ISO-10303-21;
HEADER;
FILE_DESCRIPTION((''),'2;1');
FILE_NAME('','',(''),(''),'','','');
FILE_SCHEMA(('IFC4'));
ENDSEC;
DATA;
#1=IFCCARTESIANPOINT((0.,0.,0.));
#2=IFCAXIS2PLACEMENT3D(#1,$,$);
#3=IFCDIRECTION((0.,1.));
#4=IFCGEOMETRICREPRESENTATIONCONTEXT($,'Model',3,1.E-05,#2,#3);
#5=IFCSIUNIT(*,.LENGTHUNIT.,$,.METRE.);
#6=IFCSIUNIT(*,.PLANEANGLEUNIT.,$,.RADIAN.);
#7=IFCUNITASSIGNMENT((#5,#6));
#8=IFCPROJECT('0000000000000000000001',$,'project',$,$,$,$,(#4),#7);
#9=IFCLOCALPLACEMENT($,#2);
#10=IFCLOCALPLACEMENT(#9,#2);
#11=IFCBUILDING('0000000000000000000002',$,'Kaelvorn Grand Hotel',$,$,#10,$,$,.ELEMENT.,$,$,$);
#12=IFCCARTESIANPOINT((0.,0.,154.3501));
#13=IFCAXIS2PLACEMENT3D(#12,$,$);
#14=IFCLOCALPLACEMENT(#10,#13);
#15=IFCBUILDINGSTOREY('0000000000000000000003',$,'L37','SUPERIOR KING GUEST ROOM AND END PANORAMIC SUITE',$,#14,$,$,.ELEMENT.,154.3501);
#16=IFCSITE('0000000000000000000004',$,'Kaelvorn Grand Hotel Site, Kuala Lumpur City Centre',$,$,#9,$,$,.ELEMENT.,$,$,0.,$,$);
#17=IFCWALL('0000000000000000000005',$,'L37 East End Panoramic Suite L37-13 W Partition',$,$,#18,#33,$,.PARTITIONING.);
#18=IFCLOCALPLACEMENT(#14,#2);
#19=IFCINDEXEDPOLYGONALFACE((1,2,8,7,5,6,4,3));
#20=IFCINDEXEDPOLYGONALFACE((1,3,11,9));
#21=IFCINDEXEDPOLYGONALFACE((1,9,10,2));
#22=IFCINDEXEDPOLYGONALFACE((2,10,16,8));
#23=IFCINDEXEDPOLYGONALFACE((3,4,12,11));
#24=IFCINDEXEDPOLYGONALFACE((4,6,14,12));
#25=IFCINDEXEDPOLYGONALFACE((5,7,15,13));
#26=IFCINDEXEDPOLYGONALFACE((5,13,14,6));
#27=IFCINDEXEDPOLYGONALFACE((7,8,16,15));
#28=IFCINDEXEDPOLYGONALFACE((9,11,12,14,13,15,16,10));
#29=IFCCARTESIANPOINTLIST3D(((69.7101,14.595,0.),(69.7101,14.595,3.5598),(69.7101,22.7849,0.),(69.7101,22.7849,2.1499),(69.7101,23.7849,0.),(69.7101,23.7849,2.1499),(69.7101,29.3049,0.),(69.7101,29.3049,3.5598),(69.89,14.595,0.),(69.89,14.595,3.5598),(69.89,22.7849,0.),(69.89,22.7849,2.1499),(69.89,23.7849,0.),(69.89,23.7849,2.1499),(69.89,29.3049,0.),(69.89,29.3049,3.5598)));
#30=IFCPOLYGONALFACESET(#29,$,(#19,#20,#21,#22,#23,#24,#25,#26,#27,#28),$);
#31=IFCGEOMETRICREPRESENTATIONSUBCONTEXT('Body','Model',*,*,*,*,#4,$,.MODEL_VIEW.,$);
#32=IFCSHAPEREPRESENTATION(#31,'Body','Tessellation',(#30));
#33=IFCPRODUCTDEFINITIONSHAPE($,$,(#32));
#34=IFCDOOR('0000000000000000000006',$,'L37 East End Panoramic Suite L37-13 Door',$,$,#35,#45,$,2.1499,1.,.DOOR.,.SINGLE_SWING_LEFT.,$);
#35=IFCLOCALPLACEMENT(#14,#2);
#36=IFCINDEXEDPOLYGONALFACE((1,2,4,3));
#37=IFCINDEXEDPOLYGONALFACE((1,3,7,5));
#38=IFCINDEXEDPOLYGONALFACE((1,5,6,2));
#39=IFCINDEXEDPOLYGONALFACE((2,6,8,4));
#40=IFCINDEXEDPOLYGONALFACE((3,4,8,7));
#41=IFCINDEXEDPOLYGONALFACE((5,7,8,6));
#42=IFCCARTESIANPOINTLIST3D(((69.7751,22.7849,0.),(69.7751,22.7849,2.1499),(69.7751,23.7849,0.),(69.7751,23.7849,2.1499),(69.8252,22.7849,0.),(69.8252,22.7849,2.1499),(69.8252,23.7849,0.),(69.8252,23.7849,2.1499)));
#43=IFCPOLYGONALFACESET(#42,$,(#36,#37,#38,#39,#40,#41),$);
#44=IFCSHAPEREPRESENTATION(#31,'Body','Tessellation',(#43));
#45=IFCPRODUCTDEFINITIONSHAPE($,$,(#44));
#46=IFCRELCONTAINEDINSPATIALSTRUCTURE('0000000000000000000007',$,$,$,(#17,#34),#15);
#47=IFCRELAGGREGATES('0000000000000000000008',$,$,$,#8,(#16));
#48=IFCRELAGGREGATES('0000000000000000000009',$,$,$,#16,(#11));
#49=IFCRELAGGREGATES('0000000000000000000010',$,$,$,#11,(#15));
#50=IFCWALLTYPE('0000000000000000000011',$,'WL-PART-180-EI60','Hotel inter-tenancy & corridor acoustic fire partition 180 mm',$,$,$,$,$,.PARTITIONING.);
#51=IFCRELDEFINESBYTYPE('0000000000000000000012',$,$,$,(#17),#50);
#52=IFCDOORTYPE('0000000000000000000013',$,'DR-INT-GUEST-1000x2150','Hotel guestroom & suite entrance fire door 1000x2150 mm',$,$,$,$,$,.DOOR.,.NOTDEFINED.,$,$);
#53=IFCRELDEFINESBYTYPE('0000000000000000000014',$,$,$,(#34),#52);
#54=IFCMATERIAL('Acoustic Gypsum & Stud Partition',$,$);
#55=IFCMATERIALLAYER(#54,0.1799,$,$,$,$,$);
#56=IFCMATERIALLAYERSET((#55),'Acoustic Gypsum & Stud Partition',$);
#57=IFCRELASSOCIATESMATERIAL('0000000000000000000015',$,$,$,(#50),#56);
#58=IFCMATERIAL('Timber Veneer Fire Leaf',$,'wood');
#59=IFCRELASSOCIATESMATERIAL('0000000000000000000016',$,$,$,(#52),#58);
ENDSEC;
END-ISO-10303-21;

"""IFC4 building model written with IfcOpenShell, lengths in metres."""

from ifc_helpers import new_model, si_unit, direction, frame, frame_2d, origin, place, context, subcontext, project, spatial, rectangle, extrude, material, layer, layer_set, type_object, element, fill, save


model = new_model("IFC4")

# Units and contexts
model_context = context("Model", 3, precision=1e-05, world=origin(), true_north=direction((0.0, 1.0)))
body_context = subcontext(model_context, "Body", "Model", "MODEL_VIEW")
ifc_project = project(units=[si_unit("LENGTHUNIT", "METRE"), si_unit("PLANEANGLEUNIT", "RADIAN")], contexts=[model_context])

# Site, building, storey
site_placement = place(None, origin())
site = spatial("IfcSite", under=ifc_project, at=site_placement, Name="Kaelvorn Grand Hotel Site, Kuala Lumpur City Centre", CompositionType="ELEMENT", RefElevation=0.0)
building_placement = place(site_placement, origin())
building = spatial("IfcBuilding", under=site, at=building_placement, Name="Kaelvorn Grand Hotel", CompositionType="ELEMENT")
storey_placement = place(building_placement, frame((0.0, 0.0, 154.3501)))
storey = spatial("IfcBuildingStorey", under=building, at=storey_placement, Name="L37", Description="SUPERIOR KING GUEST ROOM AND END PANORAMIC SUITE", CompositionType="ELEMENT", Elevation=154.3501)

# Shared definitions
ifc_material_1 = material(Name="Acoustic Gypsum & Stud Partition")
ifc_layer_1 = layer(ifc_material_1, 0.1799)
ifc_layer_set_1 = layer_set([ifc_layer_1], Name="Acoustic Gypsum & Stud Partition")
wall_type_1 = type_object("IfcWallType", Name="WL-PART-180-EI60", Description="Hotel inter-tenancy & corridor acoustic fire partition 180 mm", PredefinedType="PARTITIONING", material=ifc_layer_set_1)

# Wall, opening, door
wall_1_placement = place(storey_placement, frame((69.8, 14.595, 0.0), z_axis=(0.0, 0.0, 1.0), x_axis=(0.0, 1.0, 0.0)))
wall_1 = element("IfcWall", 1, at=wall_1_placement, inside=storey, type_object=wall_type_1, Name="L37 East End Panoramic Suite L37-13 W Partition", PredefinedType="PARTITIONING", context=body_context, shape_type="SweptSolid", body=[
    extrude(rectangle(XDim=14.71, YDim=0.1799, at=frame_2d((7.355, 0.0))), origin(), (0.0, 0.0, 1.0), 3.5598),
])
opening_1_placement = place(wall_1_placement, frame((8.1899, 0.0, 0.0)))
opening_1 = element("IfcOpeningElement", 2, at=opening_1_placement, cuts=wall_1, PredefinedType="OPENING", context=body_context, shape_type="SweptSolid", body=[
    extrude(rectangle(XDim=1.0, YDim=2.1499, at=frame_2d((0.5, 1.075))), frame((0.0, 0.1001, 0.0), z_axis=(0.0, -1.0, 0.0), x_axis=(1.0, 0.0, 0.0)), (0.0, 0.0, 1.0), 0.2),
])
ifc_material_2 = material(Name="Timber Veneer Fire Leaf", Category="wood")
door_type_1 = type_object("IfcDoorType", Name="DR-INT-GUEST-1000x2150", Description="Hotel guestroom & suite entrance fire door 1000x2150 mm", OperationType="NOTDEFINED", PredefinedType="DOOR", material=ifc_material_2)
door_1_placement = place(opening_1_placement, origin())
door_1 = element("IfcDoor", 3, at=door_1_placement, inside=storey, type_object=door_type_1, Name="L37 East End Panoramic Suite L37-13 Door", OperationType="SINGLE_SWING_LEFT", OverallHeight=2.1499, OverallWidth=1.0, PredefinedType="DOOR", context=body_context, shape_type="SweptSolid", body=[
    extrude(rectangle(XDim=1.0, YDim=2.1499, at=frame_2d((0.5, 1.075))), frame((0.0, 0.0249, 0.0), z_axis=(0.0, -1.0, 0.0), x_axis=(1.0, 0.0, 0.0)), (0.0, 0.0, 1.0), 0.05),
])
fill(opening_1, door_1)

save(model, "model.ifc")
